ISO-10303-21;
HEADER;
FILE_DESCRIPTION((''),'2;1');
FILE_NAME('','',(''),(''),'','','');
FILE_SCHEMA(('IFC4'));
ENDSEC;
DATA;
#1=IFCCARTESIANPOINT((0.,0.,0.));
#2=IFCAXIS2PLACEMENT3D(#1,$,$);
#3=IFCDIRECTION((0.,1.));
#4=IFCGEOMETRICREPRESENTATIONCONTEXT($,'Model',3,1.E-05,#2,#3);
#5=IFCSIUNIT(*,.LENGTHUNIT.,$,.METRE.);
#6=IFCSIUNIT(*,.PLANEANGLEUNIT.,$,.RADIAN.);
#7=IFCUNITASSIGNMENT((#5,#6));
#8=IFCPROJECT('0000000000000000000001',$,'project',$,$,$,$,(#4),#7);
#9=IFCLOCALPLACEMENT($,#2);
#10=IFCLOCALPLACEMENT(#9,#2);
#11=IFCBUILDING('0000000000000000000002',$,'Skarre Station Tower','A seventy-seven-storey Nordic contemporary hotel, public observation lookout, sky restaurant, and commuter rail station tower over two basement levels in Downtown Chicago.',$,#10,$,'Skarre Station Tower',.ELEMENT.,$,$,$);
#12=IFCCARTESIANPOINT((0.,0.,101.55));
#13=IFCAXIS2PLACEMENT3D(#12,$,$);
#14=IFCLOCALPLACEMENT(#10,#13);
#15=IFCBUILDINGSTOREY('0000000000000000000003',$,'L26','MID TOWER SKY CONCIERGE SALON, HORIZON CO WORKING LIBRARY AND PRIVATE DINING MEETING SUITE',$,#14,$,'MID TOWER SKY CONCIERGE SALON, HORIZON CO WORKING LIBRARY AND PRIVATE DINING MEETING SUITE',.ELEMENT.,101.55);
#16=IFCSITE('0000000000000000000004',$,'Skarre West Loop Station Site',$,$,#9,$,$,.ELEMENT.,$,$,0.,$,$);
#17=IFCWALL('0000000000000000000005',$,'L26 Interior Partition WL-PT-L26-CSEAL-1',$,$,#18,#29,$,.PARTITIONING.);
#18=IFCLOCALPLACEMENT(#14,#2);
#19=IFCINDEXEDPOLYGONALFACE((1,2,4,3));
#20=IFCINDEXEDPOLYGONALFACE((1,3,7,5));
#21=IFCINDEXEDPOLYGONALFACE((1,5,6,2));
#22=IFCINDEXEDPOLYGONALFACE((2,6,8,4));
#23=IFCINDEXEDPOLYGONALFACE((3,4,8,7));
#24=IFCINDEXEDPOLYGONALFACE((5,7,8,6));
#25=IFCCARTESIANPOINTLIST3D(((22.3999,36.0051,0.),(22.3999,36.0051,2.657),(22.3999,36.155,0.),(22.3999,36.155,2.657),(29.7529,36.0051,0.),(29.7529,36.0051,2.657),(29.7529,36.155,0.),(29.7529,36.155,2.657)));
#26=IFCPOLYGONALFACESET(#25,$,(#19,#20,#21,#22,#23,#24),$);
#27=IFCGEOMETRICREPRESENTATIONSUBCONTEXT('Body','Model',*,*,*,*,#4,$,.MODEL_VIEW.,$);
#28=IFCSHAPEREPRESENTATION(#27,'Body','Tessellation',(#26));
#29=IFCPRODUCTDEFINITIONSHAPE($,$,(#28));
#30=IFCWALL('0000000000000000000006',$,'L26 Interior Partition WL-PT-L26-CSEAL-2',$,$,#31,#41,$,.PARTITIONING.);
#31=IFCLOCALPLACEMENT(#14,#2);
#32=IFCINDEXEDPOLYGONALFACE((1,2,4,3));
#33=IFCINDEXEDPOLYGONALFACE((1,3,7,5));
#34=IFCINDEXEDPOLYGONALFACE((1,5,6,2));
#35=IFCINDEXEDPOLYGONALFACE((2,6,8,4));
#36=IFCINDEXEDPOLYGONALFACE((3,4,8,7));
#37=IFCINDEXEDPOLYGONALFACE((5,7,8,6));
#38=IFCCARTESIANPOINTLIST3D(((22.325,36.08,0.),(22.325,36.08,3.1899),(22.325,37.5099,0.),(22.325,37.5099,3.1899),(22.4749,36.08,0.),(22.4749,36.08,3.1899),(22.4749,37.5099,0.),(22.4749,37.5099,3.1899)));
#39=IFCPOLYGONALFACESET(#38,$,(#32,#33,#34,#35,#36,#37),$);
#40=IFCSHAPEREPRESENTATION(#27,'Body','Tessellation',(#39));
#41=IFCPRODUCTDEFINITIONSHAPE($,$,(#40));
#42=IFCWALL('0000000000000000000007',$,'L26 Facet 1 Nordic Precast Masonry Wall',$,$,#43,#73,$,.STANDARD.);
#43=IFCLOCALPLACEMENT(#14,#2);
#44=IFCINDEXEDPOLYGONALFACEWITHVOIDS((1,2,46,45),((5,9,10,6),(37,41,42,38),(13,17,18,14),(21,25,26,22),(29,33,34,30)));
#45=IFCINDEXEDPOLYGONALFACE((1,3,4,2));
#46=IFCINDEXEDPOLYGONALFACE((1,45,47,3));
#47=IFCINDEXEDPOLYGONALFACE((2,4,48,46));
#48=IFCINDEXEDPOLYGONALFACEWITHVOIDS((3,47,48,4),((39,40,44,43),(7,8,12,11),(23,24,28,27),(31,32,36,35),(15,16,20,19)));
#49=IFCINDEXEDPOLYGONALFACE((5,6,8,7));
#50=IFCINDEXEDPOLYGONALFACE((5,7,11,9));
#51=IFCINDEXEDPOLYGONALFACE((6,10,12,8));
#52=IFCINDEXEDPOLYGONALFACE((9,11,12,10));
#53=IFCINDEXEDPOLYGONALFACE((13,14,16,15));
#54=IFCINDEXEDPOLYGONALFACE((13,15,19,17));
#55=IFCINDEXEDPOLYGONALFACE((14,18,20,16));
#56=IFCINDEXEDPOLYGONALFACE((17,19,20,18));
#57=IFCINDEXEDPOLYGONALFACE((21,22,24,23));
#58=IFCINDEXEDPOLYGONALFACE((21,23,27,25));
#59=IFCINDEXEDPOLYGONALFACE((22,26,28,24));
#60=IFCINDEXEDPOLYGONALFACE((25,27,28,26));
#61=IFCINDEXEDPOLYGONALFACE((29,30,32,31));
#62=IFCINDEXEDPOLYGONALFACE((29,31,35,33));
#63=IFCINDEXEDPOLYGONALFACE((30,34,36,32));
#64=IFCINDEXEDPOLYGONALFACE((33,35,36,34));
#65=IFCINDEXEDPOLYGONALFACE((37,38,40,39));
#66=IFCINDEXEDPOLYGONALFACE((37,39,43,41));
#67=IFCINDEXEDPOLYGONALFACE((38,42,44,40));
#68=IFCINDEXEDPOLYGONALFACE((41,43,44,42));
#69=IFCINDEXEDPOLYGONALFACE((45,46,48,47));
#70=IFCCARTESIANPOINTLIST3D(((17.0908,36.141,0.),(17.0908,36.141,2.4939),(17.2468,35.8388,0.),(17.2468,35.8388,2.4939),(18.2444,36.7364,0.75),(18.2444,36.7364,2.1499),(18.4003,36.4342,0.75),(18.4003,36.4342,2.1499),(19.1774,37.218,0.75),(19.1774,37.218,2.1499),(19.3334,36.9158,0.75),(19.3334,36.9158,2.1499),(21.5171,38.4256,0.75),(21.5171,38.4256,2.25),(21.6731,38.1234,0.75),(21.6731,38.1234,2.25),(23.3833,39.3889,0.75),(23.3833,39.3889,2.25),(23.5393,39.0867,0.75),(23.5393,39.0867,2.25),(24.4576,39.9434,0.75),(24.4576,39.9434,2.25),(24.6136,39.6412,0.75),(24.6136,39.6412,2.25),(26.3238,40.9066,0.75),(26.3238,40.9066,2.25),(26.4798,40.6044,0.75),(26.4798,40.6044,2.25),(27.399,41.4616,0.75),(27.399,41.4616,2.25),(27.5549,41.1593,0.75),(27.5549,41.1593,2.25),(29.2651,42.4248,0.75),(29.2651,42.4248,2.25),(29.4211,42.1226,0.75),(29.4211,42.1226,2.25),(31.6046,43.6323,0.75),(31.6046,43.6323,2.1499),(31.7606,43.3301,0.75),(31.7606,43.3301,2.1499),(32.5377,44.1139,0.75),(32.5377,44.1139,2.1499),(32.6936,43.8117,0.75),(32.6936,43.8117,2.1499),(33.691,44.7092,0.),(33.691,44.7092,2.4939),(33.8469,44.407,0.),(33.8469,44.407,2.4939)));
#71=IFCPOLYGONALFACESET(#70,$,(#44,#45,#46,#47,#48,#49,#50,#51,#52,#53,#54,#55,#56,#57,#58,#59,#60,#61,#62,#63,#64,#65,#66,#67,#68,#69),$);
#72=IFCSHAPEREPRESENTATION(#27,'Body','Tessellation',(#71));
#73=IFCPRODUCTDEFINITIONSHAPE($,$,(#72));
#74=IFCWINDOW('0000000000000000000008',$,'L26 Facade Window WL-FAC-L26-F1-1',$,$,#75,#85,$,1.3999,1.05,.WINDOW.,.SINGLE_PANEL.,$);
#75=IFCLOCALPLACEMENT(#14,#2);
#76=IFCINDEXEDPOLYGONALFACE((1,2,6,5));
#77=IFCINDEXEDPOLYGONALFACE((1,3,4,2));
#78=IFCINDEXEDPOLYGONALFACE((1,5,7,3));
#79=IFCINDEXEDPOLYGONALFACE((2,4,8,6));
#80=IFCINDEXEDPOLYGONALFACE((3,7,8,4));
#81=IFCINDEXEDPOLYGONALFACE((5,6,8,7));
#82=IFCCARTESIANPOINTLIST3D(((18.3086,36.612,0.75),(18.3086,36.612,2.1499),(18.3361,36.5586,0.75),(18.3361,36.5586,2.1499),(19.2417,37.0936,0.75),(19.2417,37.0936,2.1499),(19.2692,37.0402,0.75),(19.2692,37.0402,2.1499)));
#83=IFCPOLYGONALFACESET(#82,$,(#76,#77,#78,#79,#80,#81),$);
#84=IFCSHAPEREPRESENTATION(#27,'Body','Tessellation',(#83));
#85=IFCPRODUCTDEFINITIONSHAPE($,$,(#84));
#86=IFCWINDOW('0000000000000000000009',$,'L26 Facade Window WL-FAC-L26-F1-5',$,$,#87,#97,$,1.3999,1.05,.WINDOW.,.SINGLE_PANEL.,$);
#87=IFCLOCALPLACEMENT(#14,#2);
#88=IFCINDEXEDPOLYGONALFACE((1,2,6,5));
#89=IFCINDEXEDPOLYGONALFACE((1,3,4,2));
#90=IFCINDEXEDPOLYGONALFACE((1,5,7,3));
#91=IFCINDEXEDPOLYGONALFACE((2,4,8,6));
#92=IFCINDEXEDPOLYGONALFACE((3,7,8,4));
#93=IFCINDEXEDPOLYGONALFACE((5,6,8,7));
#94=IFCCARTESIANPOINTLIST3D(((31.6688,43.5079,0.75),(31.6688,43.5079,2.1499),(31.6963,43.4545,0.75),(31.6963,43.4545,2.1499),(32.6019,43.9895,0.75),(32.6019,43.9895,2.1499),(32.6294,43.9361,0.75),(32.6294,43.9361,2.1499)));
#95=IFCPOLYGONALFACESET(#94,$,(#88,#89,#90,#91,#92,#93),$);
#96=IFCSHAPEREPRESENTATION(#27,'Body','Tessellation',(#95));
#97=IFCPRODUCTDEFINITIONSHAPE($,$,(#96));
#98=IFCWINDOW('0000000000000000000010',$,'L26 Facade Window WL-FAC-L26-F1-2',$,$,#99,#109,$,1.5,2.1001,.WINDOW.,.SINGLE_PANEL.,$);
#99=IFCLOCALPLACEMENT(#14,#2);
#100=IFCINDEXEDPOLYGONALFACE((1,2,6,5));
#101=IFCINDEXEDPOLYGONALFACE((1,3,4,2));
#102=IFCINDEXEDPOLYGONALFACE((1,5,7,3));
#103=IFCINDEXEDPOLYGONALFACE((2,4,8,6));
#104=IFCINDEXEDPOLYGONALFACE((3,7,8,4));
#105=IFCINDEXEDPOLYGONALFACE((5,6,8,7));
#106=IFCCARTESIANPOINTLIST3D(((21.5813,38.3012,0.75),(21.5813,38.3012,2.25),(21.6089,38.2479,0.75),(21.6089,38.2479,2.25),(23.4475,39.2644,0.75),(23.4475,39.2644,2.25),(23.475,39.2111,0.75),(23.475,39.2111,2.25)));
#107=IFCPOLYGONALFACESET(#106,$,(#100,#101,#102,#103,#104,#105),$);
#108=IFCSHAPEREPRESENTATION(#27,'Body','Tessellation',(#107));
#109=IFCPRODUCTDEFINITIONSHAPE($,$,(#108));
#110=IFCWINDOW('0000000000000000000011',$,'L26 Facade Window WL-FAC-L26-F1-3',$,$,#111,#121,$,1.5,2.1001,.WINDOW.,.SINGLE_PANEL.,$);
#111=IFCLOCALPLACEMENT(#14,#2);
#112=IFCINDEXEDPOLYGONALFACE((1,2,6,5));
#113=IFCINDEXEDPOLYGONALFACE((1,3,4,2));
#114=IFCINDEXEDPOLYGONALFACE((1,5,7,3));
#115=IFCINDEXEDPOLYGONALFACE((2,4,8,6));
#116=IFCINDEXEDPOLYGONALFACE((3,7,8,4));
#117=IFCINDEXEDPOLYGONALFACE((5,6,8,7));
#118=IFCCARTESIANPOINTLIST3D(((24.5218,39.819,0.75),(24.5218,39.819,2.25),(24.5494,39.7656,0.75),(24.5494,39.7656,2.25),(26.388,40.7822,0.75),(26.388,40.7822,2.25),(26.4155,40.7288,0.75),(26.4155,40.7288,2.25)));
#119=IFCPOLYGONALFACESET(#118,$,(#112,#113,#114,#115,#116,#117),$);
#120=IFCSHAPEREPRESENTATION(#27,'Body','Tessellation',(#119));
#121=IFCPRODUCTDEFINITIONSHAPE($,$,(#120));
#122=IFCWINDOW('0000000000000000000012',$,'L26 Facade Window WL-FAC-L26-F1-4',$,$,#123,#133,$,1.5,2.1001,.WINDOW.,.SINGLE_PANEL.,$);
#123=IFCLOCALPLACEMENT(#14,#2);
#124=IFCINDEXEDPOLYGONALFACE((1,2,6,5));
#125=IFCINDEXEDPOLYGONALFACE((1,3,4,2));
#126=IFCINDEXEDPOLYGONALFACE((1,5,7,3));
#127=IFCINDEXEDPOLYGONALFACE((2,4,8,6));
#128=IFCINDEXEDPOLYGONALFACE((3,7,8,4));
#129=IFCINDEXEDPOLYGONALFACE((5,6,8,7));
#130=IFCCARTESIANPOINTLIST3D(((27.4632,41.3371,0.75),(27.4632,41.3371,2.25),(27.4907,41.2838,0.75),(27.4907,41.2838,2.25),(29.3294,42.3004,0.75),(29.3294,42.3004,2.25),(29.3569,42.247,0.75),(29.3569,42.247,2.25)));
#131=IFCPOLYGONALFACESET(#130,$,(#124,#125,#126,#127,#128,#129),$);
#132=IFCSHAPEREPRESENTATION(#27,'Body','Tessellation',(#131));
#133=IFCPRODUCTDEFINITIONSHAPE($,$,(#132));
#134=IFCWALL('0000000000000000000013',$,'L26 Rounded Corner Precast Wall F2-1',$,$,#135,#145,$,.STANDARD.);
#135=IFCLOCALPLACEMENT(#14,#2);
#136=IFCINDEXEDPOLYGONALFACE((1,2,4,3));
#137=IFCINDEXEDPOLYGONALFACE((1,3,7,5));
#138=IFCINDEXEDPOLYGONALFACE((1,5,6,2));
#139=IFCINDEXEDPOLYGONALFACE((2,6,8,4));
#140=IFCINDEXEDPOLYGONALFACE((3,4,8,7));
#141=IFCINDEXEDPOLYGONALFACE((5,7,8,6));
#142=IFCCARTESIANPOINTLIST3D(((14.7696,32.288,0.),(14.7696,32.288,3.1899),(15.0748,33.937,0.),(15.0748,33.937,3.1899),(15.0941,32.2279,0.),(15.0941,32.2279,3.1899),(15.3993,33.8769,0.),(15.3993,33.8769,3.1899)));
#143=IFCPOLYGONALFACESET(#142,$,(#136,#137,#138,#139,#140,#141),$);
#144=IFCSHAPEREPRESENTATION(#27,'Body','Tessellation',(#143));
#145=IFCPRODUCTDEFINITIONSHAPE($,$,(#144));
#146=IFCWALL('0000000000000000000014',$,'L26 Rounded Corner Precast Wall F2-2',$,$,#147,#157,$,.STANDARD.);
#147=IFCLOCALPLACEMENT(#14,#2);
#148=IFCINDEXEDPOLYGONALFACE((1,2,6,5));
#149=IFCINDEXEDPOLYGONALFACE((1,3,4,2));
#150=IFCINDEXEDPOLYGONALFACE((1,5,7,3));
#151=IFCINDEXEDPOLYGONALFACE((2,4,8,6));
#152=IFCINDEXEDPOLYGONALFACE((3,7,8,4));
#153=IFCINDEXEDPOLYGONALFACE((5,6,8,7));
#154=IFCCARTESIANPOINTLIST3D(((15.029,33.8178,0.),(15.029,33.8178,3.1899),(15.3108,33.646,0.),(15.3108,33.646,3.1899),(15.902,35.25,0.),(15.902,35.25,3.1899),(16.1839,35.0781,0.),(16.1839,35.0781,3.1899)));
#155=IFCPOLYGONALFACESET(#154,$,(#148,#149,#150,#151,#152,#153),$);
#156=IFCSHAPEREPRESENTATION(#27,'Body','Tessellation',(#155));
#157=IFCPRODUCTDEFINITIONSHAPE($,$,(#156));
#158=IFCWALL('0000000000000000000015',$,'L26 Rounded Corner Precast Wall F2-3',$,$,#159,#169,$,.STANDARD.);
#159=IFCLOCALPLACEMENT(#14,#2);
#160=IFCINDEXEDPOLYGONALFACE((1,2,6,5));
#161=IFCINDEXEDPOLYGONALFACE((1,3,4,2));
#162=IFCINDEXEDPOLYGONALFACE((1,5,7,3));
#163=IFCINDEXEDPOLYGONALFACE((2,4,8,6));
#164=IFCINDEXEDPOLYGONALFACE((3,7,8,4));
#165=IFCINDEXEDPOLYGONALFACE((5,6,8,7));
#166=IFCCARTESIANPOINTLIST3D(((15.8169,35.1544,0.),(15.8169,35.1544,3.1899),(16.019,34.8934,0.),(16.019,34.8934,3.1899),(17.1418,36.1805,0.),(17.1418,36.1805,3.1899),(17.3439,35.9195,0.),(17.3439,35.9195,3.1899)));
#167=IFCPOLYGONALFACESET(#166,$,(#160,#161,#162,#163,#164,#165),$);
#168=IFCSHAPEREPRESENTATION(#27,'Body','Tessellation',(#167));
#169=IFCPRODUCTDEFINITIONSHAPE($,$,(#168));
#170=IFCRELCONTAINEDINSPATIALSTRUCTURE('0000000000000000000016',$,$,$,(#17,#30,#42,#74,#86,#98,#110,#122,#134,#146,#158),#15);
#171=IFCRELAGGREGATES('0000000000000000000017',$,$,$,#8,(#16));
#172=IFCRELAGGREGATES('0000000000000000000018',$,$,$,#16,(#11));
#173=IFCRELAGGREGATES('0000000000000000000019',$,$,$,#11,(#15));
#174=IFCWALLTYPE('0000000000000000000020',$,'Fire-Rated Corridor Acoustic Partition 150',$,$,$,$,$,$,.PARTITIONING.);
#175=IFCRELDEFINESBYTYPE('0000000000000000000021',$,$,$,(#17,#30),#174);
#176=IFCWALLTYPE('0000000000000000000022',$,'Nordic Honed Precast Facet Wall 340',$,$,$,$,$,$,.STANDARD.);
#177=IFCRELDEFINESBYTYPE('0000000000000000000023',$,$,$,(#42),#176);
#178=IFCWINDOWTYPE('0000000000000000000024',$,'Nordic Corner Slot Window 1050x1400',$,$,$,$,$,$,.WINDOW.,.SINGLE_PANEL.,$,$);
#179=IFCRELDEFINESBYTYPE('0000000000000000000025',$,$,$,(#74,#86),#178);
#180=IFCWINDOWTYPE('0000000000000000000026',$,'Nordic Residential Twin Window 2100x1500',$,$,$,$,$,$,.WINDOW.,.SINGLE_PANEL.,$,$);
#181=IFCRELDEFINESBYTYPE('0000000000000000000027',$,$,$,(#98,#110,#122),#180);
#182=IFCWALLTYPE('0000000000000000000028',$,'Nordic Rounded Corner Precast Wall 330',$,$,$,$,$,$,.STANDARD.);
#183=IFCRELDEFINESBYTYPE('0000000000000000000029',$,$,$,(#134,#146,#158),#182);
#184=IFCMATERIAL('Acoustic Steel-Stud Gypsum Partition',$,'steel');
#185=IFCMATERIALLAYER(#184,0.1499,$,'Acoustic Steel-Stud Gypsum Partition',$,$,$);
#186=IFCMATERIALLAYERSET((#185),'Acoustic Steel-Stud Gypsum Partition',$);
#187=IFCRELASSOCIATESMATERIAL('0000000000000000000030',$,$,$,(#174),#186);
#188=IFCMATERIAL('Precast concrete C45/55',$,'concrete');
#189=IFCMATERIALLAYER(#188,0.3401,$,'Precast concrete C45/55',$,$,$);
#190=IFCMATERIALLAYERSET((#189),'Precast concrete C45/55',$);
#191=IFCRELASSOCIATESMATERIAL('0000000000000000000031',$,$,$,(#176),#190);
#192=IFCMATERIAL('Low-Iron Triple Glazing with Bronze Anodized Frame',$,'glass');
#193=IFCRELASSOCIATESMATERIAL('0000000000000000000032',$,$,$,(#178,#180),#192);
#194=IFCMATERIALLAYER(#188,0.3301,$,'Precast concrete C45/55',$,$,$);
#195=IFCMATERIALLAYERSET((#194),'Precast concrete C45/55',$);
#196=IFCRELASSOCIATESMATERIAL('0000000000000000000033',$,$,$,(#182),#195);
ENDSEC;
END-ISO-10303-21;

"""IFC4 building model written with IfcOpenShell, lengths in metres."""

from ifc_helpers import new_model, si_unit, direction, frame, frame_2d, origin, place, context, subcontext, project, spatial, rectangle, extrude, material, layer, layer_set, type_object, element, fill, save


model = new_model("IFC4")

# Units and contexts
model_context = context("Model", 3, precision=1e-05, world=origin(), true_north=direction((0.0, 1.0)))
body_context = subcontext(model_context, "Body", "Model", "MODEL_VIEW")
ifc_project = project(units=[si_unit("LENGTHUNIT", "METRE"), si_unit("PLANEANGLEUNIT", "RADIAN")], contexts=[model_context])

# Site, building, storey
site_placement = place(None, origin())
site = spatial("IfcSite", under=ifc_project, at=site_placement, Name="Skarre West Loop Station Site", CompositionType="ELEMENT", RefElevation=0.0)
building_placement = place(site_placement, origin())
building = spatial("IfcBuilding", under=site, at=building_placement, Name="Skarre Station Tower", Description="A seventy-seven-storey Nordic contemporary hotel, public observation lookout, sky restaurant, and commuter rail station tower over two basement levels in Downtown Chicago.", LongName="Skarre Station Tower", CompositionType="ELEMENT")
storey_placement = place(building_placement, frame((0.0, 0.0, 101.55)))
storey = spatial("IfcBuildingStorey", under=building, at=storey_placement, Name="L26", Description="MID TOWER SKY CONCIERGE SALON, HORIZON CO WORKING LIBRARY AND PRIVATE DINING MEETING SUITE", LongName="MID TOWER SKY CONCIERGE SALON, HORIZON CO WORKING LIBRARY AND PRIVATE DINING MEETING SUITE", CompositionType="ELEMENT", Elevation=101.55)

# Walls
ifc_material_1 = material(Name="Acoustic Steel-Stud Gypsum Partition", Category="steel")
ifc_layer_1 = layer(ifc_material_1, 0.1499, Name="Acoustic Steel-Stud Gypsum Partition")
ifc_layer_set_1 = layer_set([ifc_layer_1], Name="Acoustic Steel-Stud Gypsum Partition")
wall_type_1 = type_object("IfcWallType", Name="Fire-Rated Corridor Acoustic Partition 150", PredefinedType="PARTITIONING", material=ifc_layer_set_1)
wall_1_placement = place(storey_placement, frame((29.7529, 36.0801, 0.0), z_axis=(0.0, 0.0, 1.0), x_axis=(-1.0, 0.0, 0.0)))
element("IfcWall", 1, at=wall_1_placement, inside=storey, type_object=wall_type_1, Name="L26 Interior Partition WL-PT-L26-CSEAL-1", PredefinedType="PARTITIONING", context=body_context, shape_type="SweptSolid", body=[
    extrude(rectangle(XDim=7.353, YDim=0.1499, at=frame_2d((3.6765, 0.0))), origin(), (0.0, 0.0, 1.0), 2.657),
])
wall_2_placement = place(storey_placement, frame((22.3999, 36.0801, 0.0), z_axis=(0.0, 0.0, 1.0), x_axis=(0.0, 1.0, 0.0)))
element("IfcWall", 2, at=wall_2_placement, inside=storey, type_object=wall_type_1, Name="L26 Interior Partition WL-PT-L26-CSEAL-2", PredefinedType="PARTITIONING", context=body_context, shape_type="SweptSolid", body=[
    extrude(rectangle(XDim=1.4299, YDim=0.1499, at=frame_2d((0.7148, 0.0))), origin(), (0.0, 0.0, 1.0), 3.1899),
])

# Wall, openings, windows
ifc_material_2 = material(Name="Precast concrete C45/55", Category="concrete")
ifc_layer_2 = layer(ifc_material_2, 0.3401, Name="Precast concrete C45/55")
ifc_layer_set_2 = layer_set([ifc_layer_2], Name="Precast concrete C45/55")
wall_type_2 = type_object("IfcWallType", Name="Nordic Honed Precast Facet Wall 340", PredefinedType="STANDARD", material=ifc_layer_set_2)
wall_3_placement = place(storey_placement, frame((17.1689, 35.99, 0.0), z_axis=(0.0, 0.0, 1.0), x_axis=(0.888614, 0.458657, 0.0)))
wall_3 = element("IfcWall", 3, at=wall_3_placement, inside=storey, type_object=wall_type_2, Name="L26 Facet 1 Nordic Precast Masonry Wall", PredefinedType="STANDARD", context=body_context, shape_type="SweptSolid", body=[
    extrude(rectangle(XDim=18.6809, YDim=0.3401, at=frame_2d((9.3403, 0.0))), origin(), (0.0, 0.0, 1.0), 2.4939),
])
opening_1_placement = place(wall_3_placement, frame((1.2981, 0.0, 0.75)))
opening_1 = element("IfcOpeningElement", 4, at=opening_1_placement, cuts=wall_3, PredefinedType="OPENING", context=body_context, shape_type="SweptSolid", body=[
    extrude(rectangle(XDim=1.05, YDim=1.3999, at=frame_2d((0.5249, 0.7))), frame((0.0, 0.1799, 0.0), z_axis=(0.0, -1.0, 0.0), x_axis=(1.0, 0.0, 0.0)), (0.0, 0.0, 1.0), 0.3601),
])
opening_2_placement = place(wall_3_placement, frame((4.981, 0.0, 0.75)))
opening_2 = element("IfcOpeningElement", 5, at=opening_2_placement, cuts=wall_3, PredefinedType="OPENING", context=body_context, shape_type="SweptSolid", body=[
    extrude(rectangle(XDim=2.1001, YDim=1.5, at=frame_2d((1.05, 0.75))), frame((0.0, 0.1799, 0.0), z_axis=(0.0, -1.0, 0.0), x_axis=(1.0, 0.0, 0.0)), (0.0, 0.0, 1.0), 0.3601),
])
opening_3_placement = place(wall_3_placement, frame((8.29, 0.0, 0.75)))
opening_3 = element("IfcOpeningElement", 6, at=opening_3_placement, cuts=wall_3, PredefinedType="OPENING", context=body_context, shape_type="SweptSolid", body=[
    extrude(rectangle(XDim=2.1001, YDim=1.5, at=frame_2d((1.05, 0.75))), frame((0.0, 0.1799, 0.0), z_axis=(0.0, -1.0, 0.0), x_axis=(1.0, 0.0, 0.0)), (0.0, 0.0, 1.0), 0.3601),
])
opening_4_placement = place(wall_3_placement, frame((11.6001, 0.0, 0.75)))
opening_4 = element("IfcOpeningElement", 7, at=opening_4_placement, cuts=wall_3, PredefinedType="OPENING", context=body_context, shape_type="SweptSolid", body=[
    extrude(rectangle(XDim=2.1001, YDim=1.5, at=frame_2d((1.05, 0.75))), frame((0.0, 0.1799, 0.0), z_axis=(0.0, -1.0, 0.0), x_axis=(1.0, 0.0, 0.0)), (0.0, 0.0, 1.0), 0.3601),
])
opening_5_placement = place(wall_3_placement, frame((16.333, 0.0, 0.75)))
opening_5 = element("IfcOpeningElement", 8, at=opening_5_placement, cuts=wall_3, PredefinedType="OPENING", context=body_context, shape_type="SweptSolid", body=[
    extrude(rectangle(XDim=1.05, YDim=1.3999, at=frame_2d((0.5249, 0.7))), frame((0.0, 0.1799, 0.0), z_axis=(0.0, -1.0, 0.0), x_axis=(1.0, 0.0, 0.0)), (0.0, 0.0, 1.0), 0.3601),
])
ifc_material_3 = material(Name="Low-Iron Triple Glazing with Bronze Anodized Frame", Category="glass")
window_type_1 = type_object("IfcWindowType", Name="Nordic Corner Slot Window 1050x1400", PartitioningType="SINGLE_PANEL", PredefinedType="WINDOW", material=ifc_material_3)
window_1_placement = place(opening_1_placement, origin())
window_1 = element("IfcWindow", 9, at=window_1_placement, inside=storey, type_object=window_type_1, Name="L26 Facade Window WL-FAC-L26-F1-1", OverallHeight=1.3999, OverallWidth=1.05, PartitioningType="SINGLE_PANEL", PredefinedType="WINDOW", context=body_context, shape_type="SweptSolid", body=[
    extrude(rectangle(XDim=1.05, YDim=1.3999, at=frame_2d((0.5249, 0.7))), frame((0.0, 0.03, 0.0), z_axis=(0.0, -1.0, 0.0), x_axis=(1.0, 0.0, 0.0)), (0.0, 0.0, 1.0), 0.0601),
])
fill(opening_1, window_1)
window_2_placement = place(opening_5_placement, origin())
window_2 = element("IfcWindow", 10, at=window_2_placement, inside=storey, type_object=window_type_1, Name="L26 Facade Window WL-FAC-L26-F1-5", OverallHeight=1.3999, OverallWidth=1.05, PartitioningType="SINGLE_PANEL", PredefinedType="WINDOW", context=body_context, shape_type="SweptSolid", body=[
    extrude(rectangle(XDim=1.05, YDim=1.3999, at=frame_2d((0.5249, 0.7))), frame((0.0, 0.03, 0.0), z_axis=(0.0, -1.0, 0.0), x_axis=(1.0, 0.0, 0.0)), (0.0, 0.0, 1.0), 0.0601),
])
fill(opening_5, window_2)
window_type_2 = type_object("IfcWindowType", Name="Nordic Residential Twin Window 2100x1500", PartitioningType="SINGLE_PANEL", PredefinedType="WINDOW", material=ifc_material_3)
window_3_placement = place(opening_2_placement, origin())
window_3 = element("IfcWindow", 11, at=window_3_placement, inside=storey, type_object=window_type_2, Name="L26 Facade Window WL-FAC-L26-F1-2", OverallHeight=1.5, OverallWidth=2.1001, PartitioningType="SINGLE_PANEL", PredefinedType="WINDOW", context=body_context, shape_type="SweptSolid", body=[
    extrude(rectangle(XDim=2.1001, YDim=1.5, at=frame_2d((1.05, 0.75))), frame((0.0, 0.03, 0.0), z_axis=(0.0, -1.0, 0.0), x_axis=(1.0, 0.0, 0.0)), (0.0, 0.0, 1.0), 0.0601),
])
fill(opening_2, window_3)
window_4_placement = place(opening_3_placement, origin())
window_4 = element("IfcWindow", 12, at=window_4_placement, inside=storey, type_object=window_type_2, Name="L26 Facade Window WL-FAC-L26-F1-3", OverallHeight=1.5, OverallWidth=2.1001, PartitioningType="SINGLE_PANEL", PredefinedType="WINDOW", context=body_context, shape_type="SweptSolid", body=[
    extrude(rectangle(XDim=2.1001, YDim=1.5, at=frame_2d((1.05, 0.75))), frame((0.0, 0.03, 0.0), z_axis=(0.0, -1.0, 0.0), x_axis=(1.0, 0.0, 0.0)), (0.0, 0.0, 1.0), 0.0601),
])
fill(opening_3, window_4)
window_5_placement = place(opening_4_placement, origin())
window_5 = element("IfcWindow", 13, at=window_5_placement, inside=storey, type_object=window_type_2, Name="L26 Facade Window WL-FAC-L26-F1-4", OverallHeight=1.5, OverallWidth=2.1001, PartitioningType="SINGLE_PANEL", PredefinedType="WINDOW", context=body_context, shape_type="SweptSolid", body=[
    extrude(rectangle(XDim=2.1001, YDim=1.5, at=frame_2d((1.05, 0.75))), frame((0.0, 0.03, 0.0), z_axis=(0.0, -1.0, 0.0), x_axis=(1.0, 0.0, 0.0)), (0.0, 0.0, 1.0), 0.0601),
])
fill(opening_4, window_5)

# Walls
ifc_layer_3 = layer(ifc_material_2, 0.3301, Name="Precast concrete C45/55")
ifc_layer_set_3 = layer_set([ifc_layer_3], Name="Precast concrete C45/55")
wall_type_3 = type_object("IfcWallType", Name="Nordic Rounded Corner Precast Wall 330", PredefinedType="STANDARD", material=ifc_layer_set_3)
wall_4_placement = place(storey_placement, frame((14.9319, 32.2581, 0.0), z_axis=(0.0, 0.0, 1.0), x_axis=(0.181985, 0.983301, 0.0)))
element("IfcWall", 14, at=wall_4_placement, inside=storey, type_object=wall_type_3, Name="L26 Rounded Corner Precast Wall F2-1", PredefinedType="STANDARD", context=body_context, shape_type="SweptSolid", body=[
    extrude(rectangle(XDim=1.677, YDim=0.3301, at=frame_2d((0.8384, 0.0))), origin(), (0.0, 0.0, 1.0), 3.1899),
])
wall_5_placement = place(storey_placement, frame((15.1699, 33.7319, 0.0), z_axis=(0.0, 0.0, 1.0), x_axis=(0.520519, 0.85385, 0.0)))
element("IfcWall", 15, at=wall_5_placement, inside=storey, type_object=wall_type_3, Name="L26 Rounded Corner Precast Wall F2-2", PredefinedType="STANDARD", context=body_context, shape_type="SweptSolid", body=[
    extrude(rectangle(XDim=1.6772, YDim=0.3301, at=frame_2d((0.8386, 0.0))), origin(), (0.0, 0.0, 1.0), 3.1899),
])
wall_6_placement = place(storey_placement, frame((15.918, 35.0239, 0.0), z_axis=(0.0, 0.0, 1.0), x_axis=(0.790621, 0.612305, 0.0)))
element("IfcWall", 16, at=wall_6_placement, inside=storey, type_object=wall_type_3, Name="L26 Rounded Corner Precast Wall F2-3", PredefinedType="STANDARD", context=body_context, shape_type="SweptSolid", body=[
    extrude(rectangle(XDim=1.6758, YDim=0.3301, at=frame_2d((0.8379, 0.0))), origin(), (0.0, 0.0, 1.0), 3.1899),
])

save(model, "model.ifc")
